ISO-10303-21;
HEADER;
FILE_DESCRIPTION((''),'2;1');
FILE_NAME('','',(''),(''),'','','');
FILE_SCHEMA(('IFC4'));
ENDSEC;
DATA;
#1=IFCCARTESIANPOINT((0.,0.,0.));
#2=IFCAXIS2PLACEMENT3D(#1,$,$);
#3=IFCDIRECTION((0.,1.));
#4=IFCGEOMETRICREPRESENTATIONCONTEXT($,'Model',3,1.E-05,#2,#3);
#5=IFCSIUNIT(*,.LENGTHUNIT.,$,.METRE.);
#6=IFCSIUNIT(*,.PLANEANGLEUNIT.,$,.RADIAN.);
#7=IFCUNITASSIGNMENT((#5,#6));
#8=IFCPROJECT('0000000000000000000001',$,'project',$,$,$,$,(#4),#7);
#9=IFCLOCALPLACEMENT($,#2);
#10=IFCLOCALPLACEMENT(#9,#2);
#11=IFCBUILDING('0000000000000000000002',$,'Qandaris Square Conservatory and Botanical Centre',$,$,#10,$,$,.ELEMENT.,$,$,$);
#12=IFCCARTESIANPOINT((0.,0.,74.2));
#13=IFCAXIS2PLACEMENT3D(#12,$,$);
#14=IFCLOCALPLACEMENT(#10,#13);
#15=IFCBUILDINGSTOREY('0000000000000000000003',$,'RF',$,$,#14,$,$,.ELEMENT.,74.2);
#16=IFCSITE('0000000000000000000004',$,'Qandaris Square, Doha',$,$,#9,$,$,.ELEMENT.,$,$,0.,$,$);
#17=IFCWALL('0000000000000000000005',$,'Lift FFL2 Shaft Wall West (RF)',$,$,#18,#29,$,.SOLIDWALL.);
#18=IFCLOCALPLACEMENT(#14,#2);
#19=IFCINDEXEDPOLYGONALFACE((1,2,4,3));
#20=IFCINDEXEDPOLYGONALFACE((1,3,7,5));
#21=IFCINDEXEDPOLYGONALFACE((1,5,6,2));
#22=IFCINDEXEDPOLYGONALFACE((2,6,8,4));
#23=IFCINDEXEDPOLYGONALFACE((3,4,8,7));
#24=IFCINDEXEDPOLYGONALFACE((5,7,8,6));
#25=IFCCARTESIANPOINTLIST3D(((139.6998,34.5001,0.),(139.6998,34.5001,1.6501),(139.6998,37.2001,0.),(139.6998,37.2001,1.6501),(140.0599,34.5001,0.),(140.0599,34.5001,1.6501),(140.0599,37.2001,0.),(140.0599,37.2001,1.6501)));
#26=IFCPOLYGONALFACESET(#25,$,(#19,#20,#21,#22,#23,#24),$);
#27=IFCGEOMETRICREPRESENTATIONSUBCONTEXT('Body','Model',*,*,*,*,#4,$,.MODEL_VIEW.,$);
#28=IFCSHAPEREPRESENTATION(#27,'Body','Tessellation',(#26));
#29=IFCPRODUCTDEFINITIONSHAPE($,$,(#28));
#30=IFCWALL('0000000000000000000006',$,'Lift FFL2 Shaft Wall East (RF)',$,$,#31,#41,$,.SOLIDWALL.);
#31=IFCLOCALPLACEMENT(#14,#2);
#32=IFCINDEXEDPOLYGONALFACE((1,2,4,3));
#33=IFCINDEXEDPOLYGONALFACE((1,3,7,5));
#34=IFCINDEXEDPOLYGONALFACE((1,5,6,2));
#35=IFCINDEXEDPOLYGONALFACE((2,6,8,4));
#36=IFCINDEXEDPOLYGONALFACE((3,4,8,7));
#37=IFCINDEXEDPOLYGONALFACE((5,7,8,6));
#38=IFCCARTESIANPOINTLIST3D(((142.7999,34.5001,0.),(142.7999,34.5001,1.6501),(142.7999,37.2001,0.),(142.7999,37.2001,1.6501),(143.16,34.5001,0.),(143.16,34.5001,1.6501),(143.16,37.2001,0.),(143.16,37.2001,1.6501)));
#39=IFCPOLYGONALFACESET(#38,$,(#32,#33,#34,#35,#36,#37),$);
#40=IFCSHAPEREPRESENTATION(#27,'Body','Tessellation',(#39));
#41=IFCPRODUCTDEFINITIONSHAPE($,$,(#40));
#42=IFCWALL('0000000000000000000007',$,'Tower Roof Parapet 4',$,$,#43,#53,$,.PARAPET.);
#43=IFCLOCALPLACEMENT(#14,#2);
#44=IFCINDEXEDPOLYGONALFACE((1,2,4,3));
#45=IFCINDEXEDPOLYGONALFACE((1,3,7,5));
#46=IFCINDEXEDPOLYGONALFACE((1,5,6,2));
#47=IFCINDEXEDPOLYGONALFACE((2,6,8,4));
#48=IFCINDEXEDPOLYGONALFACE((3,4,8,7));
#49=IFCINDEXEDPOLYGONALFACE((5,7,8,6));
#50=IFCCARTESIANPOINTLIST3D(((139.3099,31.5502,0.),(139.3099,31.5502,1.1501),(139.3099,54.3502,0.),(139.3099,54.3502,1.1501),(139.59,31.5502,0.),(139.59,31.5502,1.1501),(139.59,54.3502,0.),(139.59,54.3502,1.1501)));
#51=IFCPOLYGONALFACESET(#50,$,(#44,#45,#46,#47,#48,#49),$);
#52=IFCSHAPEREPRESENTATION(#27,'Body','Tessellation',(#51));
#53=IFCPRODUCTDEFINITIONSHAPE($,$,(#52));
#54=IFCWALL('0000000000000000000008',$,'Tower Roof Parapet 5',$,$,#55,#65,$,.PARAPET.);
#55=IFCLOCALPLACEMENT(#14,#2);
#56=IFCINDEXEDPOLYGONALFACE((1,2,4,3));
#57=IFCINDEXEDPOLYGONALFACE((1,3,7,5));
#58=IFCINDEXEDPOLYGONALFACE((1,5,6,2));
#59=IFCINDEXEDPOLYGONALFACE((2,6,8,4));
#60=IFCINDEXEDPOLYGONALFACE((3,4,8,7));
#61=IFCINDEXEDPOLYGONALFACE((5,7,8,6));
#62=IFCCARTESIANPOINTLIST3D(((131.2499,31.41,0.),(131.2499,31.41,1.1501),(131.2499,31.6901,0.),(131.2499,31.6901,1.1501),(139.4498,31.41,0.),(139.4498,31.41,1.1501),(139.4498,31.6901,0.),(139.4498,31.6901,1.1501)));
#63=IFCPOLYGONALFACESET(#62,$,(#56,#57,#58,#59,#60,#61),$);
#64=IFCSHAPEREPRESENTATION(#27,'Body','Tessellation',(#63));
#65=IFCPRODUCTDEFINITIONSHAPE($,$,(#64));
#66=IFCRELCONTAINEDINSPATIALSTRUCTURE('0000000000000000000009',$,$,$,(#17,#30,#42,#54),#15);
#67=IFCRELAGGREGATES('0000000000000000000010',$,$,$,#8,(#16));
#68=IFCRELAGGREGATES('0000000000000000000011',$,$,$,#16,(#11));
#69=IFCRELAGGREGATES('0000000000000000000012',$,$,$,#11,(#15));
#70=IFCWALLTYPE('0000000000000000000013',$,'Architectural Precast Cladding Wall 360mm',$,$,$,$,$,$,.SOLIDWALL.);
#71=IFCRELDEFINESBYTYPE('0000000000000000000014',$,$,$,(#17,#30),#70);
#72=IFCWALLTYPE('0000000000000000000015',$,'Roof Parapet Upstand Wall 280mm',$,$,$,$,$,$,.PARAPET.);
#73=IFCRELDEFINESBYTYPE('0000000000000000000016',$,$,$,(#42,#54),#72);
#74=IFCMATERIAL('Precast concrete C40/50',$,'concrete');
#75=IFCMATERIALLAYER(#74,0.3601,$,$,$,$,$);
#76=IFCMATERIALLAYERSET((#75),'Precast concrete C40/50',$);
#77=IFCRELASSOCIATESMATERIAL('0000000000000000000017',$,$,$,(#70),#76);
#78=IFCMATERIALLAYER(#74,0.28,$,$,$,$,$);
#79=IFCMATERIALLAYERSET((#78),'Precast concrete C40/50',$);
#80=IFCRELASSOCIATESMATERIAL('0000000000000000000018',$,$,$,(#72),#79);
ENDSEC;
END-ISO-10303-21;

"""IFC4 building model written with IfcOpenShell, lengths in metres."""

from ifc_helpers import new_model, si_unit, direction, frame, frame_2d, origin, place, context, subcontext, project, spatial, rectangle, extrude, material, layer, layer_set, type_object, element, save


model = new_model("IFC4")

# Units and contexts
model_context = context("Model", 3, precision=1e-05, world=origin(), true_north=direction((0.0, 1.0)))
body_context = subcontext(model_context, "Body", "Model", "MODEL_VIEW")
ifc_project = project(units=[si_unit("LENGTHUNIT", "METRE"), si_unit("PLANEANGLEUNIT", "RADIAN")], contexts=[model_context])

# Site, building, storey
site_placement = place(None, origin())
site = spatial("IfcSite", under=ifc_project, at=site_placement, Name="Qandaris Square, Doha", CompositionType="ELEMENT", RefElevation=0.0)
building_placement = place(site_placement, origin())
building = spatial("IfcBuilding", under=site, at=building_placement, Name="Qandaris Square Conservatory and Botanical Centre", CompositionType="ELEMENT")
storey_placement = place(building_placement, frame((0.0, 0.0, 74.2)))
storey = spatial("IfcBuildingStorey", under=building, at=storey_placement, Name="RF", CompositionType="ELEMENT", Elevation=74.2)

# Walls
ifc_material_1 = material(Name="Precast concrete C40/50", Category="concrete")
ifc_layer_1 = layer(ifc_material_1, 0.3601)
ifc_layer_set_1 = layer_set([ifc_layer_1], Name="Precast concrete C40/50")
wall_type_1 = type_object("IfcWallType", Name="Architectural Precast Cladding Wall 360mm", PredefinedType="SOLIDWALL", material=ifc_layer_set_1)
for number, where, z_axis, x_axis, name in (
    (1, (139.8799, 34.5, 0.0), (0.0, 0.0, 1.0), (0.0, 1.0, 0.0), "Lift FFL2 Shaft Wall West (RF)"),
    (2, (142.98, 34.5, 0.0), (0.0, 0.0, 1.0), (0.0, 1.0, 0.0), "Lift FFL2 Shaft Wall East (RF)"),
):
    element("IfcWall", number, at=place(storey_placement, frame(where, z_axis=z_axis, x_axis=x_axis)), inside=storey, type_object=wall_type_1, Name=name, PredefinedType="SOLIDWALL", context=body_context, shape_type="SweptSolid", body=[
        extrude(rectangle(XDim=2.7, YDim=0.3601, at=frame_2d((1.3501, 0.0))), origin(), (0.0, 0.0, 1.0), 1.6501),
    ])
ifc_layer_2 = layer(ifc_material_1, 0.28)
ifc_layer_set_2 = layer_set([ifc_layer_2], Name="Precast concrete C40/50")
wall_type_2 = type_object("IfcWallType", Name="Roof Parapet Upstand Wall 280mm", PredefinedType="PARAPET", material=ifc_layer_set_2)
wall_1_placement = place(storey_placement, frame((139.45, 54.3501, 0.0), z_axis=(0.0, 0.0, 1.0), x_axis=(0.0, -1.0, 0.0)))
element("IfcWall", 3, at=wall_1_placement, inside=storey, type_object=wall_type_2, Name="Tower Roof Parapet 4", PredefinedType="PARAPET", context=body_context, shape_type="SweptSolid", body=[
    extrude(rectangle(XDim=22.8, YDim=0.28, at=frame_2d((11.3999, 0.0))), origin(), (0.0, 0.0, 1.0), 1.1501),
])
wall_2_placement = place(storey_placement, frame((139.45, 31.55, 0.0), z_axis=(0.0, 0.0, 1.0), x_axis=(-1.0, 0.0, 0.0)))
element("IfcWall", 4, at=wall_2_placement, inside=storey, type_object=wall_type_2, Name="Tower Roof Parapet 5", PredefinedType="PARAPET", context=body_context, shape_type="SweptSolid", body=[
    extrude(rectangle(XDim=8.2, YDim=0.28, at=frame_2d((4.1001, 0.0))), origin(), (0.0, 0.0, 1.0), 1.1501),
])

save(model, "model.ifc")
